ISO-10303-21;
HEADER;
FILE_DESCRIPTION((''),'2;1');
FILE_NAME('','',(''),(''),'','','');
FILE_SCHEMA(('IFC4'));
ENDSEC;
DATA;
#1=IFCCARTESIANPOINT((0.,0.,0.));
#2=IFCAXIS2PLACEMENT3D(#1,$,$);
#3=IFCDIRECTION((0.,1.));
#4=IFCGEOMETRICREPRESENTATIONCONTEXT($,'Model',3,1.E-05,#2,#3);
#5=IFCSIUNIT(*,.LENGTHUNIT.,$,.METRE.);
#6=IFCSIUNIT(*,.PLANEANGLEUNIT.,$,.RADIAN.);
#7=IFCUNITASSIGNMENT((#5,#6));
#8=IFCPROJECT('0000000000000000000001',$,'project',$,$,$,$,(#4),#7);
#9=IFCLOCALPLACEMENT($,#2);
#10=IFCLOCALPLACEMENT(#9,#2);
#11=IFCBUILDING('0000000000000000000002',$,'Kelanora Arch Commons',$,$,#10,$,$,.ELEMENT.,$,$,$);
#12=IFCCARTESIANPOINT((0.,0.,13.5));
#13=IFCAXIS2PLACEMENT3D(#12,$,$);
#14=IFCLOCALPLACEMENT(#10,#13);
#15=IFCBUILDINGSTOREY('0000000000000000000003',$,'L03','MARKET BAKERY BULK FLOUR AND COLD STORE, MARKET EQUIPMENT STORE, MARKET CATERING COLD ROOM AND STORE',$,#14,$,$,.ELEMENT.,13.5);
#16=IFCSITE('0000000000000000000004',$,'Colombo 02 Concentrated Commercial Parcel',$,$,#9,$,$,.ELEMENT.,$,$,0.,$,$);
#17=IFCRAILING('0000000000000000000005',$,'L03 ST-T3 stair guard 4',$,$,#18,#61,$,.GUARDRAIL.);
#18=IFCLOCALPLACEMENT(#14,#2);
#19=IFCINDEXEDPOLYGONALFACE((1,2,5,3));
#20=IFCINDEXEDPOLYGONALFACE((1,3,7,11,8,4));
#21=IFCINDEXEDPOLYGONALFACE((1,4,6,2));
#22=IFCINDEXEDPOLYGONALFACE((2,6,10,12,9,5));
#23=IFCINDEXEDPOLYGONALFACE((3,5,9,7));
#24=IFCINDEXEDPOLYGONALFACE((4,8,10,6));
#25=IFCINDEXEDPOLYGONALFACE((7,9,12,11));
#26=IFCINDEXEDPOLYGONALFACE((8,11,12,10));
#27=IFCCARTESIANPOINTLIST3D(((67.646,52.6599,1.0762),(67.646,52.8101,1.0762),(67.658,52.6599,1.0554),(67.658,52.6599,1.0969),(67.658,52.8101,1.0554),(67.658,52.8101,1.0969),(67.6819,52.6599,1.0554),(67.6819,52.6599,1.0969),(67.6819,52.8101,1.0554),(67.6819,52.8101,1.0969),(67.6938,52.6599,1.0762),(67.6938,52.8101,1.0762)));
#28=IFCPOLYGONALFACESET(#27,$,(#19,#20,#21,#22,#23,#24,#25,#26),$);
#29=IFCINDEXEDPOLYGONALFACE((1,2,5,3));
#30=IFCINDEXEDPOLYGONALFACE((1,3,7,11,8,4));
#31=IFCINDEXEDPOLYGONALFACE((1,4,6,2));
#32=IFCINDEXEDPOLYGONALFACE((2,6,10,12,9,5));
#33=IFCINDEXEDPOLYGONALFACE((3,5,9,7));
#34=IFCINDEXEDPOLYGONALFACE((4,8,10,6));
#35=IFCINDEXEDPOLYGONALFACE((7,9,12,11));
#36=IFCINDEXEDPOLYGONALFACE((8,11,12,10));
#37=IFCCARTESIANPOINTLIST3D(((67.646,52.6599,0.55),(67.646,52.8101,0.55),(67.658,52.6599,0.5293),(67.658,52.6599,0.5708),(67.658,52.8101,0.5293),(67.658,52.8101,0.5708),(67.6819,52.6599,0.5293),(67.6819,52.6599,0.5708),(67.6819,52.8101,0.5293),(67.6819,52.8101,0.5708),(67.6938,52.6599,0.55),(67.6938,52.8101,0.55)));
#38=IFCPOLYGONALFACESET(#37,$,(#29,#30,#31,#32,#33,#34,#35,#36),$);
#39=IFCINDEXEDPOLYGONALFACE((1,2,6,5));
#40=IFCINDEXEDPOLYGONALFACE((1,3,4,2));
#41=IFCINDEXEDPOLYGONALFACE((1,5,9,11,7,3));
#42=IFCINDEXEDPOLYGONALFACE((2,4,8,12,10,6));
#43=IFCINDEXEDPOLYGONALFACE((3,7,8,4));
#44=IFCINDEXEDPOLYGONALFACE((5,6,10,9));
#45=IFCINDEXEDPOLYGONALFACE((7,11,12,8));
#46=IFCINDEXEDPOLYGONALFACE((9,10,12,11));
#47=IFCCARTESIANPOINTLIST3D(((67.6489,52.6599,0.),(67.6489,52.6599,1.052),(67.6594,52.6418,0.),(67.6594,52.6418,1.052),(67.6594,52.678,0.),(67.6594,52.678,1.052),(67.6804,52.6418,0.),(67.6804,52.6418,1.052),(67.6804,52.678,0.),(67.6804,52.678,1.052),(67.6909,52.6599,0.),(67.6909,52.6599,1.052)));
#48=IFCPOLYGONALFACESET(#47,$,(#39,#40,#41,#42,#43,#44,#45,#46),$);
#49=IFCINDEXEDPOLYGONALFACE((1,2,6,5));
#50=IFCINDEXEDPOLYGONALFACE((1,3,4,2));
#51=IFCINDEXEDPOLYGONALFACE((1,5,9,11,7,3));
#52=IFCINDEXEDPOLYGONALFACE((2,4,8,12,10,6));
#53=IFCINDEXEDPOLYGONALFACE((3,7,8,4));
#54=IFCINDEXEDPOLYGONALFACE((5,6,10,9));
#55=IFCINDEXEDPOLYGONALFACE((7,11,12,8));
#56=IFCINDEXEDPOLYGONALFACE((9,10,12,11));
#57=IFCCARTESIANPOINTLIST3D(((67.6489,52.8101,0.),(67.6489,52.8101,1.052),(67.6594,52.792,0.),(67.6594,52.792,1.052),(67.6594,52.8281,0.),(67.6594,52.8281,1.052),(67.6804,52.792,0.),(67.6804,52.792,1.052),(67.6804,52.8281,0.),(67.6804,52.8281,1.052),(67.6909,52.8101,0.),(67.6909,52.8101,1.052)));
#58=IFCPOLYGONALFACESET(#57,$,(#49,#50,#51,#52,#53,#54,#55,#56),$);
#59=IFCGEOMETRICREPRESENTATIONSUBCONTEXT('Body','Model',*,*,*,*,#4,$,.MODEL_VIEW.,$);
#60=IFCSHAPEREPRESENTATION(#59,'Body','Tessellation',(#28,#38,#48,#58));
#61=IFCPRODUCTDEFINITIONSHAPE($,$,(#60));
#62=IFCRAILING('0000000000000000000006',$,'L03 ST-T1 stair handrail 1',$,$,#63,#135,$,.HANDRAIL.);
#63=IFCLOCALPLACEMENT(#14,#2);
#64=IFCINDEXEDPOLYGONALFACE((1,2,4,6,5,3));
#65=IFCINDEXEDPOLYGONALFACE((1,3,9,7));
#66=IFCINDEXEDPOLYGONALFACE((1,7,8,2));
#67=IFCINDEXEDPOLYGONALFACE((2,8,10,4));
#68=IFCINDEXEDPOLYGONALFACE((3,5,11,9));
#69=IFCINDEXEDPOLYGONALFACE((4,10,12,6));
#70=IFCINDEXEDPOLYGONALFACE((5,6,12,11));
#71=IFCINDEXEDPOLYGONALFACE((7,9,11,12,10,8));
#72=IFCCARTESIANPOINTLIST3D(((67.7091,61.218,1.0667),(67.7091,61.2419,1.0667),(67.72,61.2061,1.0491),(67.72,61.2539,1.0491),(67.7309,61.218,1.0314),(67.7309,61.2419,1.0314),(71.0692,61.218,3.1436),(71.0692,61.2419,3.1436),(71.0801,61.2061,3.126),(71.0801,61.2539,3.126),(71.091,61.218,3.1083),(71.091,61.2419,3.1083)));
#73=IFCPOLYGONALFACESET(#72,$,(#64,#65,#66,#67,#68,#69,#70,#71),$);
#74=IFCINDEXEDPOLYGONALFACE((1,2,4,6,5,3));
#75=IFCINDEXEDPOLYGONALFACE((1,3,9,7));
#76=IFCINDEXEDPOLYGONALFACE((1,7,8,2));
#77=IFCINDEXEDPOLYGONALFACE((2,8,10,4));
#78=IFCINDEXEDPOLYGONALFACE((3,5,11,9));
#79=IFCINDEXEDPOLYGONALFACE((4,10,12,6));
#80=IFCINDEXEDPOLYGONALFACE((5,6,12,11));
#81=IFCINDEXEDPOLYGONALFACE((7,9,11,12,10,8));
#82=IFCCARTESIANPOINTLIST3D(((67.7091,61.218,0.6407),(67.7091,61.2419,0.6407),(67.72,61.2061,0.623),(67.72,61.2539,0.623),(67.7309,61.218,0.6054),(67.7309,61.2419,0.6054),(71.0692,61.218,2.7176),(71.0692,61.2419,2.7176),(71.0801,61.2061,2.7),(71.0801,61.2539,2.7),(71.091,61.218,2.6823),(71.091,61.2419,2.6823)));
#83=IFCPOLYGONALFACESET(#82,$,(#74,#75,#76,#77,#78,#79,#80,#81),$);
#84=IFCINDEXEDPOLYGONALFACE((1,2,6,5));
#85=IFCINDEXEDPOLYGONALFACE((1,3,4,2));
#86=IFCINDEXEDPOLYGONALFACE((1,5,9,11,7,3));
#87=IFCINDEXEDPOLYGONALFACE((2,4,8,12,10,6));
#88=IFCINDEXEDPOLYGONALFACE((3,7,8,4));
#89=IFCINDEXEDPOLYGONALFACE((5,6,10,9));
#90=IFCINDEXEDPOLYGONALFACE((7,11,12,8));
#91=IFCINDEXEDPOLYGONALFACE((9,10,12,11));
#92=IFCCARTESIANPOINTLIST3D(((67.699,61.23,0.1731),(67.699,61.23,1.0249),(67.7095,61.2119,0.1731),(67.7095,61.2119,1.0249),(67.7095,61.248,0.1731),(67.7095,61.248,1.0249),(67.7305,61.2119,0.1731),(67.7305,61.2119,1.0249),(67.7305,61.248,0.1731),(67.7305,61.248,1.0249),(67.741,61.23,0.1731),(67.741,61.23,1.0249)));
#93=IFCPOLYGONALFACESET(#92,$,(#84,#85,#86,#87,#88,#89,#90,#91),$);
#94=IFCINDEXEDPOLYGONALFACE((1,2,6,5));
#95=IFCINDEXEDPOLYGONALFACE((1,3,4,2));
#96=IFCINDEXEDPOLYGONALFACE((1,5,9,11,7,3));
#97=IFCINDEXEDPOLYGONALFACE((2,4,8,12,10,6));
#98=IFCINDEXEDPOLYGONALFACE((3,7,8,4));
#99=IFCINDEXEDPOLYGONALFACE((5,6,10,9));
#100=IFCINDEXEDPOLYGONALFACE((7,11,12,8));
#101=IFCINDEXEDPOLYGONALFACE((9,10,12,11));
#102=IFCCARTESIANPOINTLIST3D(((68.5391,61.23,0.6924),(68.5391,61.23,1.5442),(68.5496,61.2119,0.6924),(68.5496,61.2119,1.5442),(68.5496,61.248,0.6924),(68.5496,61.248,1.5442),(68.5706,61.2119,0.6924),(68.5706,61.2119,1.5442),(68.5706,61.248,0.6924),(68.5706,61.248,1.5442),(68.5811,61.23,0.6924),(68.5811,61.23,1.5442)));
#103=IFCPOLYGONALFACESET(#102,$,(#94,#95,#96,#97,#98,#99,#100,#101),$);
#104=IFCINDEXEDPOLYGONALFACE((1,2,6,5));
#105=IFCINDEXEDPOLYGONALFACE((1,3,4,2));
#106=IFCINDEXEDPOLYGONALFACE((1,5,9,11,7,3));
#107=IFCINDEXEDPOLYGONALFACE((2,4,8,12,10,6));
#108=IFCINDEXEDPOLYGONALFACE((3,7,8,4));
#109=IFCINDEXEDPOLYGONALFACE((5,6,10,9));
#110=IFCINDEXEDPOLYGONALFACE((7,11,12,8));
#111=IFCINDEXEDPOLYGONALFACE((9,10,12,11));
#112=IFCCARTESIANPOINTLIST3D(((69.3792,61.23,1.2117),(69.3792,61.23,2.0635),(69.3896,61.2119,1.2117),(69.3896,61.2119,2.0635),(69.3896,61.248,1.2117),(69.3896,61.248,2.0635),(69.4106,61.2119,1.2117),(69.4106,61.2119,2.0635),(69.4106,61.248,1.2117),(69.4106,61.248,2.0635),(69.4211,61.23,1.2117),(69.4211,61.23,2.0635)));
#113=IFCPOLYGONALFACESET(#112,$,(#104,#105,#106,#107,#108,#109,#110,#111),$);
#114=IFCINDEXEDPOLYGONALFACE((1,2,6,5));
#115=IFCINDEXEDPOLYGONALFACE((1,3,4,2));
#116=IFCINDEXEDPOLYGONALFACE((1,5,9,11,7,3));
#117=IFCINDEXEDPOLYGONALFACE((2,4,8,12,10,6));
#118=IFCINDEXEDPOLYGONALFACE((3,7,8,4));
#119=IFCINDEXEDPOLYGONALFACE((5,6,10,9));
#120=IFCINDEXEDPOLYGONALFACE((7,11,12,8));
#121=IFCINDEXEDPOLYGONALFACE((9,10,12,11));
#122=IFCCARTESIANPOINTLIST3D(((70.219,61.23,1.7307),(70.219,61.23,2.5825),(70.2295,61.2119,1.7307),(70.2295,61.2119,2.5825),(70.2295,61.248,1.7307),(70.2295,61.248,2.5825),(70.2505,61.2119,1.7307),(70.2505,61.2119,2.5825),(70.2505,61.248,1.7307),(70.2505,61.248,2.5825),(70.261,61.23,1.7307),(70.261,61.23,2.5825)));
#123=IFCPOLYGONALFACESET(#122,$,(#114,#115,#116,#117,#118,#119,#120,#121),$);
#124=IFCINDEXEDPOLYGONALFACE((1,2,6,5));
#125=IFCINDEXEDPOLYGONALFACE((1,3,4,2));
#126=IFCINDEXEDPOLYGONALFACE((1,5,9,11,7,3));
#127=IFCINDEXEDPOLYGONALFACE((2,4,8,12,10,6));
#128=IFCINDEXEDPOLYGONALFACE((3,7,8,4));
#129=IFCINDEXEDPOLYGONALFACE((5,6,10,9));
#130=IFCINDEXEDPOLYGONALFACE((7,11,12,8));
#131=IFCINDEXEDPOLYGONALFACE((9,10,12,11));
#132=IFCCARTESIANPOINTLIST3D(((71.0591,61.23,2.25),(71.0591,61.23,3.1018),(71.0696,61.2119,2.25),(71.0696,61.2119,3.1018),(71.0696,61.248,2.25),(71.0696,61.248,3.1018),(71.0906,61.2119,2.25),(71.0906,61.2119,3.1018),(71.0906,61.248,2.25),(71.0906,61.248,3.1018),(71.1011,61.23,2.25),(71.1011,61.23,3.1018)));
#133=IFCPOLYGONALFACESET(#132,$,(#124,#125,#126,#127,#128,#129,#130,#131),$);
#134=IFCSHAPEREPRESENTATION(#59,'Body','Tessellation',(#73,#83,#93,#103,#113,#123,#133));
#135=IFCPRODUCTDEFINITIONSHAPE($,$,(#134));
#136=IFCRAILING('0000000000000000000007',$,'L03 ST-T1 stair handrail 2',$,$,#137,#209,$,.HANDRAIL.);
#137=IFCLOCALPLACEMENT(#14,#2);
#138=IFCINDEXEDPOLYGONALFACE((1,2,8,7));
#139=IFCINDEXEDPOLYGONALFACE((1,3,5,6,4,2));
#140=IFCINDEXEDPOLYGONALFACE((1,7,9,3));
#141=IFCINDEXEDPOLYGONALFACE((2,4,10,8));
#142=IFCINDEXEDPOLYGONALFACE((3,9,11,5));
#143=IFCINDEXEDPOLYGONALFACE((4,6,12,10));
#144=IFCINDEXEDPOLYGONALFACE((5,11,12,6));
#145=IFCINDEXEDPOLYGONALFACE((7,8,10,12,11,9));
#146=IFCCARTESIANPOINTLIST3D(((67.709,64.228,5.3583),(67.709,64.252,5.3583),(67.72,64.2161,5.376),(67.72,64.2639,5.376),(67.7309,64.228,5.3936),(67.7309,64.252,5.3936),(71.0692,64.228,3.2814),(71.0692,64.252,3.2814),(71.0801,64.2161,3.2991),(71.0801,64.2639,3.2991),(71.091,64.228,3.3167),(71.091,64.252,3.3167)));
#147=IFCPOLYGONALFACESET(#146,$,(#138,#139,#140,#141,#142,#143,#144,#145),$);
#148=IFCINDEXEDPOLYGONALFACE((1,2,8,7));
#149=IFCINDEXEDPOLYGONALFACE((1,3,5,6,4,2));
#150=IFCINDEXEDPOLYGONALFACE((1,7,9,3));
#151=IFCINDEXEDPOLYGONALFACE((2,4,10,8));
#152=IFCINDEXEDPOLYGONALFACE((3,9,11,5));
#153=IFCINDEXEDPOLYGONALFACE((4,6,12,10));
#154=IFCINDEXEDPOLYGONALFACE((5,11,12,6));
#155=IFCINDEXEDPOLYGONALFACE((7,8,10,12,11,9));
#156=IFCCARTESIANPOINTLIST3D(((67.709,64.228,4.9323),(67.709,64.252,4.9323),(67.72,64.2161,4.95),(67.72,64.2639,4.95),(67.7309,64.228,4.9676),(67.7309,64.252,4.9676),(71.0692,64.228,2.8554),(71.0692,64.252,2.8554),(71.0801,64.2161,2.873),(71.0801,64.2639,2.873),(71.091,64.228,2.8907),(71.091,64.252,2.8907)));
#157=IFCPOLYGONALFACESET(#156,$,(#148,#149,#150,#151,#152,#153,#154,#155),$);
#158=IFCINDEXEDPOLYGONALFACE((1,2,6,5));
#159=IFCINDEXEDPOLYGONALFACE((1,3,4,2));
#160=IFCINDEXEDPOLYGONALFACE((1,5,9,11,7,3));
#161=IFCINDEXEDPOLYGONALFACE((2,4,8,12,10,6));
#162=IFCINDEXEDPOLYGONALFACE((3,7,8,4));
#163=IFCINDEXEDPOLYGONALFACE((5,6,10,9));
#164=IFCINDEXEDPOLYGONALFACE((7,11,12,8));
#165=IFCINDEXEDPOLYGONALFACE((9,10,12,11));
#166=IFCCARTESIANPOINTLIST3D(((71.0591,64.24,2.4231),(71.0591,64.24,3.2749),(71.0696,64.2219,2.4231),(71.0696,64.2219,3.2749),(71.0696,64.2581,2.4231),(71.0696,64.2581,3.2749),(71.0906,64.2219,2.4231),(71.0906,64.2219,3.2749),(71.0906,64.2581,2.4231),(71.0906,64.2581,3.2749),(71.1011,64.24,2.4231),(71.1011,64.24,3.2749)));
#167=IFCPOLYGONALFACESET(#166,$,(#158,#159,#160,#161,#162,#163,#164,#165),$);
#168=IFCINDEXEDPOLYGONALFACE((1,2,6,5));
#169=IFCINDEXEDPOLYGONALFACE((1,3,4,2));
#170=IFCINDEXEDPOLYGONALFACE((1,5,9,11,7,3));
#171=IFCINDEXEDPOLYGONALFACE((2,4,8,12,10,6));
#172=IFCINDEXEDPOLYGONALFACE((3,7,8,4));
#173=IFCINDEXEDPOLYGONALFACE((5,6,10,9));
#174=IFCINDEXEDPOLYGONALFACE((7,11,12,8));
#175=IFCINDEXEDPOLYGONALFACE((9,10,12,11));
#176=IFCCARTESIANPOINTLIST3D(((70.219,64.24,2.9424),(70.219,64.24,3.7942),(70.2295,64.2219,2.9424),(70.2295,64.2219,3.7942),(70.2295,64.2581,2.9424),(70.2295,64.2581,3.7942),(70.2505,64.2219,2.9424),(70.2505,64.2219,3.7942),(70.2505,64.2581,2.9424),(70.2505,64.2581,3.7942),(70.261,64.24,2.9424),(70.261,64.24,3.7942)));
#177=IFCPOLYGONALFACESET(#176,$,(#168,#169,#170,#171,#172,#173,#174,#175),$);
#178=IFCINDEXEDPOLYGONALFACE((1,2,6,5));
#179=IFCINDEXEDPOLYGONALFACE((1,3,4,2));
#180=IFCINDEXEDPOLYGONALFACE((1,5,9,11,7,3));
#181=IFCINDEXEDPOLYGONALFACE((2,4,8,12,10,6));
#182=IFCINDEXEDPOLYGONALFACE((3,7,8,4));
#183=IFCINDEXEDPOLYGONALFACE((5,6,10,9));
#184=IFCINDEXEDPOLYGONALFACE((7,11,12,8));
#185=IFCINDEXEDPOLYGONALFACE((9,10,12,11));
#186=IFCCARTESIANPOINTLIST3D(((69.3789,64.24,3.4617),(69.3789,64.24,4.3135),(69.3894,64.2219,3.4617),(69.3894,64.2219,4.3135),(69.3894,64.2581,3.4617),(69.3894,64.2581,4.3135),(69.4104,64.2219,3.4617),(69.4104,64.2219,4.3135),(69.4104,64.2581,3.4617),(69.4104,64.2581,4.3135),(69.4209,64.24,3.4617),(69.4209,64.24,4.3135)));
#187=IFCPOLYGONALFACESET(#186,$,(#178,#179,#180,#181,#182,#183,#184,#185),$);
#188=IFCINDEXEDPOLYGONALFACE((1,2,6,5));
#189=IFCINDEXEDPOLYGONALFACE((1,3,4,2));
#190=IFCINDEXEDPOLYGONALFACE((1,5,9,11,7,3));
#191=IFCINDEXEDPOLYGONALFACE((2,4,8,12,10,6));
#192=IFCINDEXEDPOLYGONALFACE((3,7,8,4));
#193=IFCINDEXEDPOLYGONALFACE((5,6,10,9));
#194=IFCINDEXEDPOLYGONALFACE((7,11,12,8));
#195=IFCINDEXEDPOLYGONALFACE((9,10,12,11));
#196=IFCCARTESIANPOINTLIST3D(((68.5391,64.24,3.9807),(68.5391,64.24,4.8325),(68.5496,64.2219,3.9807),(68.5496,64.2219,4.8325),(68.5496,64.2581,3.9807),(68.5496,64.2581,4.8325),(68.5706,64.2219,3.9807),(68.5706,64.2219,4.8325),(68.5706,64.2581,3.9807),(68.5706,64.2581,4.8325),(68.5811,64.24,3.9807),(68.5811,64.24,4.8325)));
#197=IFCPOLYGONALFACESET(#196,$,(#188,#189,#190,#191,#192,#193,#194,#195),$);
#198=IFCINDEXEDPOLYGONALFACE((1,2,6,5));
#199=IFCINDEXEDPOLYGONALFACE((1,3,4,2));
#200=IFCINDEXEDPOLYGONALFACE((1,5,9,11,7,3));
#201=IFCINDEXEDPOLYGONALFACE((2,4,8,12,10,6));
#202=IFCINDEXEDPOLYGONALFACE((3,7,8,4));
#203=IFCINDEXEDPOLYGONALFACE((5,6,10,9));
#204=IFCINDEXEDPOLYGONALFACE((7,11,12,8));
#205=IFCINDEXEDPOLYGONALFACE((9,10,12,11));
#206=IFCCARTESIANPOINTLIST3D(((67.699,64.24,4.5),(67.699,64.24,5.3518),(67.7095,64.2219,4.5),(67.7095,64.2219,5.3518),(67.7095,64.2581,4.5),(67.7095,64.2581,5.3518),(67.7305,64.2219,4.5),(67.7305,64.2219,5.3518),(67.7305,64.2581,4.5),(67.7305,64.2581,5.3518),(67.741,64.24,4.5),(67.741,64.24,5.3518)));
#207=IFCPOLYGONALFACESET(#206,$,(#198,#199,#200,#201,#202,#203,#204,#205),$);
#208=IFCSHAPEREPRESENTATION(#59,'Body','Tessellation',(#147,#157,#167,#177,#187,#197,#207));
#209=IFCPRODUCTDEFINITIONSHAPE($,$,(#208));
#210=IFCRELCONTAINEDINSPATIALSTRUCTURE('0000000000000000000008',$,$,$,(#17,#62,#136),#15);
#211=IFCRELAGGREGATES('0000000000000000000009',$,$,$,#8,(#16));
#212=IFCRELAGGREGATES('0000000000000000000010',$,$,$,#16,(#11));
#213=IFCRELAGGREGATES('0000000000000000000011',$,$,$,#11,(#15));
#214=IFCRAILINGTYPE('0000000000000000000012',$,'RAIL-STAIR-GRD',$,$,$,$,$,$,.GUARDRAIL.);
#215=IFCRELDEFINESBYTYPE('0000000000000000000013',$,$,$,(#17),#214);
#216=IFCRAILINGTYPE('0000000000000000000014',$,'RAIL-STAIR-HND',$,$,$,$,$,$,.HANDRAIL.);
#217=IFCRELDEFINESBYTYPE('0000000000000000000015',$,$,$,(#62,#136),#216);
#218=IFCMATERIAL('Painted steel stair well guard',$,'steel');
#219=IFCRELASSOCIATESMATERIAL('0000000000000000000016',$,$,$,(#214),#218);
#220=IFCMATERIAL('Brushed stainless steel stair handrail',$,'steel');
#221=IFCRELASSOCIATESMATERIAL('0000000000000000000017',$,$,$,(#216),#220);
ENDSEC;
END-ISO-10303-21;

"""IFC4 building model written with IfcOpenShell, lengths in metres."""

from ifc_helpers import new_model, si_unit, direction, frame, origin, place, context, subcontext, project, spatial, polyline, outline, extrude, material, type_object, element, save


model = new_model("IFC4")

# Units and contexts
model_context = context("Model", 3, precision=1e-05, world=origin(), true_north=direction((0.0, 1.0)))
body_context = subcontext(model_context, "Body", "Model", "MODEL_VIEW")
ifc_project = project(units=[si_unit("LENGTHUNIT", "METRE"), si_unit("PLANEANGLEUNIT", "RADIAN")], contexts=[model_context])

# Site, building, storey
site_placement = place(None, origin())
site = spatial("IfcSite", under=ifc_project, at=site_placement, Name="Colombo 02 Concentrated Commercial Parcel", CompositionType="ELEMENT", RefElevation=0.0)
building_placement = place(site_placement, origin())
building = spatial("IfcBuilding", under=site, at=building_placement, Name="Kelanora Arch Commons", CompositionType="ELEMENT")
storey_placement = place(building_placement, frame((0.0, 0.0, 13.5)))
storey = spatial("IfcBuildingStorey", under=building, at=storey_placement, Name="L03", Description="MARKET BAKERY BULK FLOUR AND COLD STORE, MARKET EQUIPMENT STORE, MARKET CATERING COLD ROOM AND STORE", CompositionType="ELEMENT", Elevation=13.5)

# Railings
ifc_material_1 = material(Name="Painted steel stair well guard", Category="steel")
railing_type_1 = type_object("IfcRailingType", Name="RAIL-STAIR-GRD", PredefinedType="GUARDRAIL", material=ifc_material_1)
railing_1_placement = place(storey_placement, frame((67.6699, 52.6599, 0.0)))
element("IfcRailing", 1, at=railing_1_placement, inside=storey, type_object=railing_type_1, Name="L03 ST-T3 stair guard 4", PredefinedType="GUARDRAIL", context=body_context, shape_type="SweptSolid", body=[
    extrude(outline(polyline([(0.0239, 0.0), (0.012, 0.0208), (-0.012, 0.0208), (-0.0239, 0.0), (-0.012, -0.0208), (0.012, -0.0208), (0.0239, 0.0)])), frame((0.0, 0.0, 1.0762), z_axis=(0.0, 1.0, 0.0), x_axis=(-1.0, 0.0, 0.0)), (0.0, 0.0, 1.0), 0.1501),
    extrude(outline(polyline([(0.0239, 0.0), (0.012, 0.0208), (-0.012, 0.0208), (-0.0239, 0.0), (-0.012, -0.0208), (0.012, -0.0208), (0.0239, 0.0)])), frame((0.0, 0.0, 0.55), z_axis=(0.0, 1.0, 0.0), x_axis=(-1.0, 0.0, 0.0)), (0.0, 0.0, 1.0), 0.1501),
    extrude(outline(polyline([(0.021, 0.0), (0.0105, 0.0181), (-0.0105, 0.0181), (-0.021, 0.0), (-0.0105, -0.0181), (0.0105, -0.0181), (0.021, 0.0)])), origin(), (0.0, 0.0, 1.0), 1.052),
    extrude(outline(polyline([(0.021, 0.0), (0.0105, 0.0181), (-0.0105, 0.0181), (-0.021, 0.0), (-0.0105, -0.0181), (0.0105, -0.0181), (0.021, 0.0)])), frame((0.0, 0.1501, 0.0)), (0.0, 0.0, 1.0), 1.052),
])
ifc_material_2 = material(Name="Brushed stainless steel stair handrail", Category="steel")
railing_type_2 = type_object("IfcRailingType", Name="RAIL-STAIR-HND", PredefinedType="HANDRAIL", material=ifc_material_2)
railing_2_placement = place(storey_placement, frame((67.72, 61.23, 0.1731)))
element("IfcRailing", 2, at=railing_2_placement, inside=storey, type_object=railing_type_2, Name="L03 ST-T1 stair handrail 1", PredefinedType="HANDRAIL", context=body_context, shape_type="SweptSolid", body=[
    extrude(outline(polyline([(0.0239, 0.0), (0.012, 0.0208), (-0.012, 0.0208), (-0.0239, 0.0), (-0.012, -0.0208), (0.012, -0.0208), (0.0239, 0.0)])), frame((0.0, 0.0, 0.876), z_axis=(0.850623, 0.0, 0.525776), x_axis=(0.0, 1.0, 0.0)), (0.0, 0.0, 1.0), 3.9502),
    extrude(outline(polyline([(0.0239, 0.0), (0.012, 0.0208), (-0.012, 0.0208), (-0.0239, 0.0), (-0.012, -0.0208), (0.012, -0.0208), (0.0239, 0.0)])), frame((0.0, 0.0, 0.45), z_axis=(0.850623, 0.0, 0.525776), x_axis=(0.0, 1.0, 0.0)), (0.0, 0.0, 1.0), 3.9502),
    extrude(outline(polyline([(0.021, 0.0), (0.0105, 0.0181), (-0.0105, 0.0181), (-0.021, 0.0), (-0.0105, -0.0181), (0.0105, -0.0181), (0.021, 0.0)])), origin(), (0.0, 0.0, 1.0), 0.8518),
    extrude(outline(polyline([(0.021, 0.0), (0.0105, 0.0181), (-0.0105, 0.0181), (-0.021, 0.0), (-0.0105, -0.0181), (0.0105, -0.0181), (0.021, 0.0)])), frame((0.8401, 0.0, 0.5193)), (0.0, 0.0, 1.0), 0.8518),
    extrude(outline(polyline([(0.021, 0.0), (0.0105, 0.0181), (-0.0105, 0.0181), (-0.021, 0.0), (-0.0105, -0.0181), (0.0105, -0.0181), (0.021, 0.0)])), frame((1.6802, 0.0, 1.0386)), (0.0, 0.0, 1.0), 0.8518),
    extrude(outline(polyline([(0.021, 0.0), (0.0105, 0.0181), (-0.0105, 0.0181), (-0.021, 0.0), (-0.0105, -0.0181), (0.0105, -0.0181), (0.021, 0.0)])), frame((2.52, 0.0, 1.5576)), (0.0, 0.0, 1.0), 0.8518),
    extrude(outline(polyline([(0.021, 0.0), (0.0105, 0.0181), (-0.0105, 0.0181), (-0.021, 0.0), (-0.0105, -0.0181), (0.0105, -0.0181), (0.021, 0.0)])), frame((3.3601, 0.0, 2.0769)), (0.0, 0.0, 1.0), 0.8518),
])
railing_3_placement = place(storey_placement, frame((71.0801, 64.24, 2.4231)))
element("IfcRailing", 3, at=railing_3_placement, inside=storey, type_object=railing_type_2, Name="L03 ST-T1 stair handrail 2", PredefinedType="HANDRAIL", context=body_context, shape_type="SweptSolid", body=[
    extrude(outline(polyline([(0.0239, 0.0), (0.012, 0.0208), (-0.012, 0.0208), (-0.0239, 0.0), (-0.012, -0.0208), (0.012, -0.0208), (0.0239, 0.0)])), frame((0.0, 0.0, 0.876), z_axis=(-0.850623, 0.0, 0.525776), x_axis=(0.0, -1.0, 0.0)), (0.0, 0.0, 1.0), 3.9502),
    extrude(outline(polyline([(0.0239, 0.0), (0.012, 0.0208), (-0.012, 0.0208), (-0.0239, 0.0), (-0.012, -0.0208), (0.012, -0.0208), (0.0239, 0.0)])), frame((0.0, 0.0, 0.45), z_axis=(-0.850623, 0.0, 0.525776), x_axis=(0.0, -1.0, 0.0)), (0.0, 0.0, 1.0), 3.9502),
    extrude(outline(polyline([(0.021, 0.0), (0.0105, 0.0181), (-0.0105, 0.0181), (-0.021, 0.0), (-0.0105, -0.0181), (0.0105, -0.0181), (0.021, 0.0)])), origin(), (0.0, 0.0, 1.0), 0.8518),
    extrude(outline(polyline([(0.021, 0.0), (0.0105, 0.0181), (-0.0105, 0.0181), (-0.021, 0.0), (-0.0105, -0.0181), (0.0105, -0.0181), (0.021, 0.0)])), frame((-0.8401, 0.0, 0.5193)), (0.0, 0.0, 1.0), 0.8518),
    extrude(outline(polyline([(0.021, 0.0), (0.0105, 0.0181), (-0.0105, 0.0181), (-0.021, 0.0), (-0.0105, -0.0181), (0.0105, -0.0181), (0.021, 0.0)])), frame((-1.6802, 0.0, 1.0386)), (0.0, 0.0, 1.0), 0.8518),
    extrude(outline(polyline([(0.021, 0.0), (0.0105, 0.0181), (-0.0105, 0.0181), (-0.021, 0.0), (-0.0105, -0.0181), (0.0105, -0.0181), (0.021, 0.0)])), frame((-2.52, 0.0, 1.5576)), (0.0, 0.0, 1.0), 0.8518),
    extrude(outline(polyline([(0.021, 0.0), (0.0105, 0.0181), (-0.0105, 0.0181), (-0.021, 0.0), (-0.0105, -0.0181), (0.0105, -0.0181), (0.021, 0.0)])), frame((-3.3601, 0.0, 2.0769)), (0.0, 0.0, 1.0), 0.8518),
])

save(model, "model.ifc")
